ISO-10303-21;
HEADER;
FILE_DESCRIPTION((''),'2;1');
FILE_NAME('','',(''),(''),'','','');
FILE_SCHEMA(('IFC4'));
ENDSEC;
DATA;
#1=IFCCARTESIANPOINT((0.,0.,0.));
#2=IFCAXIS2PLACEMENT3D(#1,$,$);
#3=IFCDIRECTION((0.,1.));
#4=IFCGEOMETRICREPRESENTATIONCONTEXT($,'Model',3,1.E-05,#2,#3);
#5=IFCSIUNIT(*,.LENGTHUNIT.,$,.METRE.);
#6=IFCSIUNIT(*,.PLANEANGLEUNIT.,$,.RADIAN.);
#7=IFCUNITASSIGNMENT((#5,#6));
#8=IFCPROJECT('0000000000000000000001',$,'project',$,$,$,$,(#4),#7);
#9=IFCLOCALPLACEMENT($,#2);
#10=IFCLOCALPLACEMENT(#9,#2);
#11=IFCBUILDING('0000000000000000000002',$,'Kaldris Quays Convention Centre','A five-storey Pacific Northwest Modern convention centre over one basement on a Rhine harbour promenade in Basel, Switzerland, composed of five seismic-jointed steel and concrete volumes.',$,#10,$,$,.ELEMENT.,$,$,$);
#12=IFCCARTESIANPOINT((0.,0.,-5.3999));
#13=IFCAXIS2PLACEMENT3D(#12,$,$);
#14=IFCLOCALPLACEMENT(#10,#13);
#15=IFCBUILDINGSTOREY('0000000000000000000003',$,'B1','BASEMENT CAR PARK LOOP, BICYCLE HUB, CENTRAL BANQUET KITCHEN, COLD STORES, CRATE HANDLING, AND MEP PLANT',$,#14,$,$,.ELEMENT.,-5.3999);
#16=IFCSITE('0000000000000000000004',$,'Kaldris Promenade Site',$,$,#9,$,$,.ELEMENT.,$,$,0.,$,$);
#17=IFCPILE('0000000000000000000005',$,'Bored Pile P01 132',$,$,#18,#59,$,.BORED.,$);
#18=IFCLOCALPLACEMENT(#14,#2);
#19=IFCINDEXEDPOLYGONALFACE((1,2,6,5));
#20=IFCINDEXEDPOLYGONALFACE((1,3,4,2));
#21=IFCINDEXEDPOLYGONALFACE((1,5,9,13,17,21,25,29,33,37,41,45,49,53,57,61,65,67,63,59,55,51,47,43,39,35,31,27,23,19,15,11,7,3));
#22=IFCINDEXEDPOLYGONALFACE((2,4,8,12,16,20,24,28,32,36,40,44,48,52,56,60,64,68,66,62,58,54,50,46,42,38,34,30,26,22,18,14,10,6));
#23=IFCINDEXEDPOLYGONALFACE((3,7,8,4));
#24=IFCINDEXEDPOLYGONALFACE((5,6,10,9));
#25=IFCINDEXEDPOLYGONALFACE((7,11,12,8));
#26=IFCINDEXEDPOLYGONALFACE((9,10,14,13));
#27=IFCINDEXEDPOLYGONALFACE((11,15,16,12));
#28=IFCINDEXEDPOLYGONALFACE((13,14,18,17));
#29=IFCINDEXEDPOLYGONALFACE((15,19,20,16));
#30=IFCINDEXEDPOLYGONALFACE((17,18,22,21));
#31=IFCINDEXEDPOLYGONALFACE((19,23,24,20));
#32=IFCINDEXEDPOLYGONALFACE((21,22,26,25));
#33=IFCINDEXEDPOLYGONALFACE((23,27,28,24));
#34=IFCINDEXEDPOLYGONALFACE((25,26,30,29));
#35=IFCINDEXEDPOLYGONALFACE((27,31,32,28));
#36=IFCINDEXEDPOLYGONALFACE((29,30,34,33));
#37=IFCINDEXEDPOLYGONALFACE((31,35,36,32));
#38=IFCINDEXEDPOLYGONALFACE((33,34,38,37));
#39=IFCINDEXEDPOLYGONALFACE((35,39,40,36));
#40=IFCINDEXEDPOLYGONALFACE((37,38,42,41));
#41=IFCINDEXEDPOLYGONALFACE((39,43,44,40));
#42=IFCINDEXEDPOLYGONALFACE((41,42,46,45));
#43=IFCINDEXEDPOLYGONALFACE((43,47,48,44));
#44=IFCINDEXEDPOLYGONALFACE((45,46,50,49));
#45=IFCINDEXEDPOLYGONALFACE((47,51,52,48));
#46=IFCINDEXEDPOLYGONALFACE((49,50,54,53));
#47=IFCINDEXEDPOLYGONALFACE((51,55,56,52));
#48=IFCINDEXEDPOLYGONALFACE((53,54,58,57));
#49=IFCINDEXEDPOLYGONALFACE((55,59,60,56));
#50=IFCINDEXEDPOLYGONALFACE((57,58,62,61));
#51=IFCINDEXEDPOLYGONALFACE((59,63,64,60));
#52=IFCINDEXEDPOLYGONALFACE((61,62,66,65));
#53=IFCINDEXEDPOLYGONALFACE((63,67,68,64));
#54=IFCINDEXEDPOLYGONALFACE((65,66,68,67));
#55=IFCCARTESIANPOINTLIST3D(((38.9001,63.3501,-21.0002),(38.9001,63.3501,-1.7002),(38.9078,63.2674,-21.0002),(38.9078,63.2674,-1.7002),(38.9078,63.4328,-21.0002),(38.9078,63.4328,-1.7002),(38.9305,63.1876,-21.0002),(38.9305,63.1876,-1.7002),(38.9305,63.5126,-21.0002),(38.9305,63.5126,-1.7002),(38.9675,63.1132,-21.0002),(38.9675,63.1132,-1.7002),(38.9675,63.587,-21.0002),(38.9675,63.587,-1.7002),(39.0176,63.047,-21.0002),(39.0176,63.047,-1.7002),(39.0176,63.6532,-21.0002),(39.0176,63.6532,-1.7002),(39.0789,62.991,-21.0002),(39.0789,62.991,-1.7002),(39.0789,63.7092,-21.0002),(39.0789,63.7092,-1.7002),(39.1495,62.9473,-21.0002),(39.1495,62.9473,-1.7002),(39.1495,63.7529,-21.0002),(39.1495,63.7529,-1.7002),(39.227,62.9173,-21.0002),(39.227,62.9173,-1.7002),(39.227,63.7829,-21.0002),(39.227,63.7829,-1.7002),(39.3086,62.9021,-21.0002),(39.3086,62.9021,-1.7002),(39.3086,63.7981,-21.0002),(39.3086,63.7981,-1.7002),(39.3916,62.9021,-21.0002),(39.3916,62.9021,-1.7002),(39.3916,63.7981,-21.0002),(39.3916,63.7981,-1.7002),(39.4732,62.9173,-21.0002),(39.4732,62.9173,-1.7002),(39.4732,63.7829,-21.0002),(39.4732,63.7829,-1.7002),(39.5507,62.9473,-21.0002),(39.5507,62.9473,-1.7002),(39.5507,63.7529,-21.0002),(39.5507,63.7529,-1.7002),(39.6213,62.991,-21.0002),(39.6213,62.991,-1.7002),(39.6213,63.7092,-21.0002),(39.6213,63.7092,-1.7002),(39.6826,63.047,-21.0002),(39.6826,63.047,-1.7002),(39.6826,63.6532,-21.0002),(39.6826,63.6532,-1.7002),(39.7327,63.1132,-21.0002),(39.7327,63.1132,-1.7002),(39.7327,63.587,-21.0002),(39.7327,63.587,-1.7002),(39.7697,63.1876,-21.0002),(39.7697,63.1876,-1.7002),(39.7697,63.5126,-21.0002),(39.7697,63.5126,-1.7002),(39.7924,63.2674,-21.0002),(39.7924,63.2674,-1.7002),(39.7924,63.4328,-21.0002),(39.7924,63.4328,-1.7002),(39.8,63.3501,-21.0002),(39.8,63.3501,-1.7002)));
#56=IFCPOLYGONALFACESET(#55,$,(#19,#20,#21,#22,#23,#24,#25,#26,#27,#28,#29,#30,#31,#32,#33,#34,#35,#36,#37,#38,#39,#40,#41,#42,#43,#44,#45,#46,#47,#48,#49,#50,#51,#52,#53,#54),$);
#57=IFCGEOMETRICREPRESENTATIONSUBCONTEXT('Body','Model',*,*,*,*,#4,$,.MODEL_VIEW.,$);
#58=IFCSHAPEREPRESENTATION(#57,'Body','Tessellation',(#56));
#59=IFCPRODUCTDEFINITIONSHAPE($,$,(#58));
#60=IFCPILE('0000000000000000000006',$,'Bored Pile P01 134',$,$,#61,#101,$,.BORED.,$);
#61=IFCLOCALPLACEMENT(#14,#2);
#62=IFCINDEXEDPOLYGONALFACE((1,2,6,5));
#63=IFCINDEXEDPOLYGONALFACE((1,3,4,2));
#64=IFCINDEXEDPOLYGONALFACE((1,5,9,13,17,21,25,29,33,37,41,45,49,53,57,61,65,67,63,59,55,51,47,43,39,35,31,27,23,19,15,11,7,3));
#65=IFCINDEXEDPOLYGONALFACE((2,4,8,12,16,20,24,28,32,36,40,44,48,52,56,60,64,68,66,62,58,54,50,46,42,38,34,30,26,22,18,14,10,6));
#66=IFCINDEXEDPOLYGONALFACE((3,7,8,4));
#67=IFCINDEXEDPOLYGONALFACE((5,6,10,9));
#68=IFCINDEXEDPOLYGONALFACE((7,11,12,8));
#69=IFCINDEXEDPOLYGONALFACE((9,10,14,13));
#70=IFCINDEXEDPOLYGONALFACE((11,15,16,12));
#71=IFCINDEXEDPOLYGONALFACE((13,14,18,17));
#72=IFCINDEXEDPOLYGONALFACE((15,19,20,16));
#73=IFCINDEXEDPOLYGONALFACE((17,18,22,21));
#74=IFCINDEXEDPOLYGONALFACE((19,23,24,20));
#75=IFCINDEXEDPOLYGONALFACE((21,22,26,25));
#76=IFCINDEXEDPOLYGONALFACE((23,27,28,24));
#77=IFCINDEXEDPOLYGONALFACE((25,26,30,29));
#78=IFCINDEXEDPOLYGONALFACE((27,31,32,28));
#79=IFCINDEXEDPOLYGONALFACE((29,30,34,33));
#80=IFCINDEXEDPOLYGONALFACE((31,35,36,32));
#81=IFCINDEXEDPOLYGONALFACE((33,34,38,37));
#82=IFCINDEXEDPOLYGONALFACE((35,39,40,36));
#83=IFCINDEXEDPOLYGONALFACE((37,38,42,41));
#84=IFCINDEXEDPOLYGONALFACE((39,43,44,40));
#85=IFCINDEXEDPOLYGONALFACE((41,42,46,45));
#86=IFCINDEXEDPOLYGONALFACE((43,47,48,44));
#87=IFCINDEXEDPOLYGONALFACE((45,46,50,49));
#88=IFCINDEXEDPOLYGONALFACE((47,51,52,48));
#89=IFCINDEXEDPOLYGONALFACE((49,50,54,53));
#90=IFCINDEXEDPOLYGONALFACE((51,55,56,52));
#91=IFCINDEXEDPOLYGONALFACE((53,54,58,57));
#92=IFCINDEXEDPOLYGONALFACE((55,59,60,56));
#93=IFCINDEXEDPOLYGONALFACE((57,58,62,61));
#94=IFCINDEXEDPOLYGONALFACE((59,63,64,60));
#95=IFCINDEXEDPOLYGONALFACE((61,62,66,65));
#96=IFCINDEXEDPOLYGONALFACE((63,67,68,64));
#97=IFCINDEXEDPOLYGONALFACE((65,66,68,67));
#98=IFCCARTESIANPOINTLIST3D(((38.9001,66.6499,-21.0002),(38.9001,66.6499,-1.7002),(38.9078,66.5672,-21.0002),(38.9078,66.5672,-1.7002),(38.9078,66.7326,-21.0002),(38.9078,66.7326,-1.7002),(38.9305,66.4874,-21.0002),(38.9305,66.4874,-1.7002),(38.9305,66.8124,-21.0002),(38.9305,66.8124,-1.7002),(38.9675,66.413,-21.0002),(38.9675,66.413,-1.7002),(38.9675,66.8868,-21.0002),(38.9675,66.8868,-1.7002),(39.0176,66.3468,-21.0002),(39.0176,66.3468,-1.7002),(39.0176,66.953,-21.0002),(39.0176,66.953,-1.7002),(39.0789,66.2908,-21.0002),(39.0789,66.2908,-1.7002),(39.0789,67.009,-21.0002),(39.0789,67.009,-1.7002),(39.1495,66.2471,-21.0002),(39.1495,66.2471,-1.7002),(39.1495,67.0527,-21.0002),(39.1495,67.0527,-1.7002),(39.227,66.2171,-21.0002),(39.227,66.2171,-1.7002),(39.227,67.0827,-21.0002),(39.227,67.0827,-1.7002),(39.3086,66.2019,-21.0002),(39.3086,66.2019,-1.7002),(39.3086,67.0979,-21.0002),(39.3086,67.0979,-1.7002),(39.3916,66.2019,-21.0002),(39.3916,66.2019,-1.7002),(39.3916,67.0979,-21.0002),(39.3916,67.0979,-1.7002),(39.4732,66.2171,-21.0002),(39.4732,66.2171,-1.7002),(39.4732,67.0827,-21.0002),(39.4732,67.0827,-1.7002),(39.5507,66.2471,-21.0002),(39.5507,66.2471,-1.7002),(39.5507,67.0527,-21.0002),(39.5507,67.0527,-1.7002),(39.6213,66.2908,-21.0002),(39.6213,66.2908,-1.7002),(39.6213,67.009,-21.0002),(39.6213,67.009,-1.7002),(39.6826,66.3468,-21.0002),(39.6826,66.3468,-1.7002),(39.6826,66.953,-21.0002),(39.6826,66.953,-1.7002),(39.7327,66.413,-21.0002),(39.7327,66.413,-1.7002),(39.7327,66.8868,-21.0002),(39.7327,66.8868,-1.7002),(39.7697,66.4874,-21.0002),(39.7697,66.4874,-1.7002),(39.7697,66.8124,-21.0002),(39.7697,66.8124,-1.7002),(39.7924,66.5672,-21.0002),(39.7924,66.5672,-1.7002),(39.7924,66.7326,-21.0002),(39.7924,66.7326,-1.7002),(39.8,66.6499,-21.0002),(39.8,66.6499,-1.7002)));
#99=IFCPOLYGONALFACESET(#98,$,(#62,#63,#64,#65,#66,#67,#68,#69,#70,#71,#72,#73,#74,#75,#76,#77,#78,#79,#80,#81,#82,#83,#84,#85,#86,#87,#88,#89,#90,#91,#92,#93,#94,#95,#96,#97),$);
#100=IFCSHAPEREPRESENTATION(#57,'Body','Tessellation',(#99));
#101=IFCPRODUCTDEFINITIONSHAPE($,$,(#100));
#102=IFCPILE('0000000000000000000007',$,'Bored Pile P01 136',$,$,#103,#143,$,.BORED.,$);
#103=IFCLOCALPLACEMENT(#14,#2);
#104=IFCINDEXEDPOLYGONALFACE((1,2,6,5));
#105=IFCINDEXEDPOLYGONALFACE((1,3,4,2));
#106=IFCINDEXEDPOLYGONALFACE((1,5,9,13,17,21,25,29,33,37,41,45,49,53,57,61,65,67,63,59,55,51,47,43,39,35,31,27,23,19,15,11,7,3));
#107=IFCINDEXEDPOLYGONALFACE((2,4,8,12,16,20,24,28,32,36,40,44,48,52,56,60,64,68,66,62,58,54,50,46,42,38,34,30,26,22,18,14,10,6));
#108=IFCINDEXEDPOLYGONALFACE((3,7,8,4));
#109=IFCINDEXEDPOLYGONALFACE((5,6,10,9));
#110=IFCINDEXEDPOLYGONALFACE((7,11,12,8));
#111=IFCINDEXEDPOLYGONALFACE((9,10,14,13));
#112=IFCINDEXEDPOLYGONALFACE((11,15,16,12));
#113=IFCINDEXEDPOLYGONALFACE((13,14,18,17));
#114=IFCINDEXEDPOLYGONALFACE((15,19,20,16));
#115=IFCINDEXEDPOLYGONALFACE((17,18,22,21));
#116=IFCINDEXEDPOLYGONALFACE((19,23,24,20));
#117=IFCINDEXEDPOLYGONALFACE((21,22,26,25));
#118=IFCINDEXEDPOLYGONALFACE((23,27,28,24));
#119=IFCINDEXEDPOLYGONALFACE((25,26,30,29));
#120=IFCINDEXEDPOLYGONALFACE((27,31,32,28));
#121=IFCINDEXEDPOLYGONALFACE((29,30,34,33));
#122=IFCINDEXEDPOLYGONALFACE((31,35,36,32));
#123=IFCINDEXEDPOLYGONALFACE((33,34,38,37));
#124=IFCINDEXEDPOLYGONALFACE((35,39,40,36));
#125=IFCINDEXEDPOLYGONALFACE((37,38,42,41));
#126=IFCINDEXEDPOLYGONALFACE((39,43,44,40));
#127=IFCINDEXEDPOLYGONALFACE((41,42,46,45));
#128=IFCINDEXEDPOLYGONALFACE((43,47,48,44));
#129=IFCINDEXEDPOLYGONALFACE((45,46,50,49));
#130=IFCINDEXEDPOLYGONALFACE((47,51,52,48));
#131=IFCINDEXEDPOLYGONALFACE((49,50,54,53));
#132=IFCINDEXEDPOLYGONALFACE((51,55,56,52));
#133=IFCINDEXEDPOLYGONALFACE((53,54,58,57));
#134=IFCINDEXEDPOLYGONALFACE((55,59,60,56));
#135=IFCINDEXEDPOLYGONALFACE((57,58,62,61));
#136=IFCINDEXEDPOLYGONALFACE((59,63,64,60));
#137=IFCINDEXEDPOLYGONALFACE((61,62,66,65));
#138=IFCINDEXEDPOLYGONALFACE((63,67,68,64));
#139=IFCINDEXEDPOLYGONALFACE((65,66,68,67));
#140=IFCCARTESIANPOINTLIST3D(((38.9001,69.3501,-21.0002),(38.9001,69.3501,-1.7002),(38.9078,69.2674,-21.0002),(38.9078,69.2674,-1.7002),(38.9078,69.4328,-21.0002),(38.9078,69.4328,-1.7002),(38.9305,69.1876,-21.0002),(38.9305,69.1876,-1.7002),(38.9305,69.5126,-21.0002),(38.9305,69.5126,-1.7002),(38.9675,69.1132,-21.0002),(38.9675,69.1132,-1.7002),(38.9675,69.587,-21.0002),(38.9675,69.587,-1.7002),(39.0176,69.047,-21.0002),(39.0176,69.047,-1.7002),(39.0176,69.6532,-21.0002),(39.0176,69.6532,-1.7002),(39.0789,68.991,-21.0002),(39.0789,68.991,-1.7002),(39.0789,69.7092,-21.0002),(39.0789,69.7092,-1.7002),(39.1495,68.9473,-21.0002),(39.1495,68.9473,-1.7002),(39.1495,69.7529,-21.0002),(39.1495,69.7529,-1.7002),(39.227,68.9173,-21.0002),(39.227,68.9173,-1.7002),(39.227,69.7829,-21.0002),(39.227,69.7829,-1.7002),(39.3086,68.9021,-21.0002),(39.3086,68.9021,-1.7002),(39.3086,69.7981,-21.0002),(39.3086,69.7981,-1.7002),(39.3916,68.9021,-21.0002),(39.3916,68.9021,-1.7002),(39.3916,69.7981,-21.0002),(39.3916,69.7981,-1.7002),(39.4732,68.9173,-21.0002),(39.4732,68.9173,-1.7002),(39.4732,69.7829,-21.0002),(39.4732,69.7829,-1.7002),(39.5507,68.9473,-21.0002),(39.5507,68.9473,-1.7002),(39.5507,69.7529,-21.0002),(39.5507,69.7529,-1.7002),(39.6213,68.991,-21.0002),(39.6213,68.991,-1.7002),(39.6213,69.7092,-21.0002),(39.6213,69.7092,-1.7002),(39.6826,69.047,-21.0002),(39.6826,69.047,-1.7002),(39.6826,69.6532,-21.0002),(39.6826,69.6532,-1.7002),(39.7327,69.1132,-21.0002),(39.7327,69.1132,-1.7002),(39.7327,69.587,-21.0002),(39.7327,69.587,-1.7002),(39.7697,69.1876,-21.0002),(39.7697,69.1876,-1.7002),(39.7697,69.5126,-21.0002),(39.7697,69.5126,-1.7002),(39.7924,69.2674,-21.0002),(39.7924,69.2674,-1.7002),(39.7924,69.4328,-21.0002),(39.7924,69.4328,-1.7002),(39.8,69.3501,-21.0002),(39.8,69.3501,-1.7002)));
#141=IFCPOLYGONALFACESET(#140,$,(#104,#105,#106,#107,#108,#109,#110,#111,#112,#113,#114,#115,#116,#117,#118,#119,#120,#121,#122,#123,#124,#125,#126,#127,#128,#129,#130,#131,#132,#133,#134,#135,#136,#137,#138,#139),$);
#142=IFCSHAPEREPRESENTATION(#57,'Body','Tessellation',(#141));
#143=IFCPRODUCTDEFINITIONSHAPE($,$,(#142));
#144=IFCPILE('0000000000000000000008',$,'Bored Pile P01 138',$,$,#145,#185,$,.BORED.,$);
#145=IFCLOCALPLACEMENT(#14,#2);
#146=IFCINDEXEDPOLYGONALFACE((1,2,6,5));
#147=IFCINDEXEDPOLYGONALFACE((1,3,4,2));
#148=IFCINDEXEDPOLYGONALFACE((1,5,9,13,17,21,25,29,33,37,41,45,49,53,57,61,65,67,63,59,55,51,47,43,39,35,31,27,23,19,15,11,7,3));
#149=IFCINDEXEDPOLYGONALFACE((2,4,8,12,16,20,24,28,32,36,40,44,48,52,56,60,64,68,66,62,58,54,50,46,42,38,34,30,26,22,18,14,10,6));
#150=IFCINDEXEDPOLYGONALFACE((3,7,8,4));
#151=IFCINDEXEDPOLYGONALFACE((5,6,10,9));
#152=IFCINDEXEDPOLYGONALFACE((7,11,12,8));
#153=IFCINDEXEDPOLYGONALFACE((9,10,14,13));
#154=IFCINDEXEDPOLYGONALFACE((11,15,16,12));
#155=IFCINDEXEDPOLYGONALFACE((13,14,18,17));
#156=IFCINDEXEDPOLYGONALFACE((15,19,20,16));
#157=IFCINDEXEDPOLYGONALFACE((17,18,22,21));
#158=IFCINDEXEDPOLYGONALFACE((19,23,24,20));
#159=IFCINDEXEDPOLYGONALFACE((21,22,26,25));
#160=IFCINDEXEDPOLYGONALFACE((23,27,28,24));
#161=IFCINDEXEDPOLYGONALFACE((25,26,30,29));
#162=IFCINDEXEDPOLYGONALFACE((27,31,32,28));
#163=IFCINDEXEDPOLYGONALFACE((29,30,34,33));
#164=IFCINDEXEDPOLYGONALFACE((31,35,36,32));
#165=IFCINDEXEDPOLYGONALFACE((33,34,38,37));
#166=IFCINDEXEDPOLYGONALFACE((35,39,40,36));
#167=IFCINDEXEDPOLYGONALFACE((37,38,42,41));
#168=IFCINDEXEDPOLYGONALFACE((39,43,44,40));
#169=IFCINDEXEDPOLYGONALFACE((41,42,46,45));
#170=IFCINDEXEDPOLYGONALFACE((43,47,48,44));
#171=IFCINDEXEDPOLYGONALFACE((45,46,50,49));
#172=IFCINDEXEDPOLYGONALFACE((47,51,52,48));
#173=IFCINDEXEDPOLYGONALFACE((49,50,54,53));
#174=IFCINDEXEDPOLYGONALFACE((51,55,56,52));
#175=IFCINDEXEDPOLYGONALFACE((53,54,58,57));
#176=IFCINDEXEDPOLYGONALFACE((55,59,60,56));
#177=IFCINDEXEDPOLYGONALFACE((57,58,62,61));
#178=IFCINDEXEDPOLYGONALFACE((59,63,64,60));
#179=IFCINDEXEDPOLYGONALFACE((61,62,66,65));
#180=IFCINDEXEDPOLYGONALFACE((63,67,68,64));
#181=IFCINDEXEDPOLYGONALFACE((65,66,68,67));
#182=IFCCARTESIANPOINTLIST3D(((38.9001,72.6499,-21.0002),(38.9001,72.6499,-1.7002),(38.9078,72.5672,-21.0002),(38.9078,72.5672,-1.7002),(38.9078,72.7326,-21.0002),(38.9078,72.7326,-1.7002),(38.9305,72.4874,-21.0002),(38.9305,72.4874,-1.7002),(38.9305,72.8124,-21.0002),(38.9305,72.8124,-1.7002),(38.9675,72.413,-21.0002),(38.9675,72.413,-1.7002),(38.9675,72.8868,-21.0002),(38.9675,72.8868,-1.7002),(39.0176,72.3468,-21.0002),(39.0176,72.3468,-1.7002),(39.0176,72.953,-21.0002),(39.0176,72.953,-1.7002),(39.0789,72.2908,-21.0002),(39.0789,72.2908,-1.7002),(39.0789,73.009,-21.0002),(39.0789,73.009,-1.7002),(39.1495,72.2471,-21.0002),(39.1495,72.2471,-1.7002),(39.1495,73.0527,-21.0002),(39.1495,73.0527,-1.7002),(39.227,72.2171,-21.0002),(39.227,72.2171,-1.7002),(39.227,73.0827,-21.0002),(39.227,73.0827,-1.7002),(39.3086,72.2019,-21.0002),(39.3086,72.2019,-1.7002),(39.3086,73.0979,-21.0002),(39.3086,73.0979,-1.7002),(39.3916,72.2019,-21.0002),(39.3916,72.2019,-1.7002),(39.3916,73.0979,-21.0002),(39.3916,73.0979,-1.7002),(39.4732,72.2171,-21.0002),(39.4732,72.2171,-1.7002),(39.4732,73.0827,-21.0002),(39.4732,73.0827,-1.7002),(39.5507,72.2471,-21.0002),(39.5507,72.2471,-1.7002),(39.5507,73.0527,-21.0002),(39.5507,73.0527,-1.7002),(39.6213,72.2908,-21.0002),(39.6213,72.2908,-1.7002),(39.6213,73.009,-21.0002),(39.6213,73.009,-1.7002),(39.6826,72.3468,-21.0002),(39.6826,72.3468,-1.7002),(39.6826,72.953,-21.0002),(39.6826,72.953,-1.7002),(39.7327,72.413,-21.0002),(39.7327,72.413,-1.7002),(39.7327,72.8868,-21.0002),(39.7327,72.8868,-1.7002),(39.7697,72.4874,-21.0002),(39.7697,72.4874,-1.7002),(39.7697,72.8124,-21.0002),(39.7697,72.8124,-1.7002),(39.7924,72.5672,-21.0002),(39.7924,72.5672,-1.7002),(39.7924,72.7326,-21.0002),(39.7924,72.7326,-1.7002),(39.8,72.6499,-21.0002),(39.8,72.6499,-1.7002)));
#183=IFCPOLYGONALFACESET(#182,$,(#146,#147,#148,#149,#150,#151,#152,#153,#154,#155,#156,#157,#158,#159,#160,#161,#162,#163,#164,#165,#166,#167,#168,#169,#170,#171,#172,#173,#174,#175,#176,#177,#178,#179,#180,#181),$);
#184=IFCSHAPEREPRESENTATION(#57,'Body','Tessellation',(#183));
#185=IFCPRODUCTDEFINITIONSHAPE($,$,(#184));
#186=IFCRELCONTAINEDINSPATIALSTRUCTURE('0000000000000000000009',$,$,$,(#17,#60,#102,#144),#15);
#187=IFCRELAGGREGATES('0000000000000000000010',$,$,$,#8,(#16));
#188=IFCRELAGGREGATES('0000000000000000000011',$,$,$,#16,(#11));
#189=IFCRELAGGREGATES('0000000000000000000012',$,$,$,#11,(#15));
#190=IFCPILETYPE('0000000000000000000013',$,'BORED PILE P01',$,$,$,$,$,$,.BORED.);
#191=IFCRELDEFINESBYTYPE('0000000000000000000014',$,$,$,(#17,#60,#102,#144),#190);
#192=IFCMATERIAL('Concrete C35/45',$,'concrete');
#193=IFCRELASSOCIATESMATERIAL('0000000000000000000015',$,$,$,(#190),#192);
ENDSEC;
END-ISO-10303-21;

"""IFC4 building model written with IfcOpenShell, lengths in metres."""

from ifc_helpers import new_model, si_unit, direction, frame, origin, origin_2d, place, context, subcontext, project, spatial, circle, extrude, material, material_profile, profile_set, type_object, element, save


model = new_model("IFC4")

# Units and contexts
model_context = context("Model", 3, precision=1e-05, world=origin(), true_north=direction((0.0, 1.0)))
body_context = subcontext(model_context, "Body", "Model", "MODEL_VIEW")
ifc_project = project(units=[si_unit("LENGTHUNIT", "METRE"), si_unit("PLANEANGLEUNIT", "RADIAN")], contexts=[model_context])

# Site, building, storey
site_placement = place(None, origin())
site = spatial("IfcSite", under=ifc_project, at=site_placement, Name="Kaldris Promenade Site", CompositionType="ELEMENT", RefElevation=0.0)
building_placement = place(site_placement, origin())
building = spatial("IfcBuilding", under=site, at=building_placement, Name="Kaldris Quays Convention Centre", Description="A five-storey Pacific Northwest Modern convention centre over one basement on a Rhine harbour promenade in Basel, Switzerland, composed of five seismic-jointed steel and concrete volumes.", CompositionType="ELEMENT")
storey_placement = place(building_placement, frame((0.0, 0.0, -5.3999)))
storey = spatial("IfcBuildingStorey", under=building, at=storey_placement, Name="B1", Description="BASEMENT CAR PARK LOOP, BICYCLE HUB, CENTRAL BANQUET KITCHEN, COLD STORES, CRATE HANDLING, AND MEP PLANT", CompositionType="ELEMENT", Elevation=-5.3999)

# Piles
ifc_material_1 = material(Name="Concrete C35/45", Category="concrete")
ifc_material_profile_1 = material_profile(ifc_material_1, circle(Radius=0.45, at=origin_2d()), Name="BORED PILE D900")
ifc_profile_set_1 = profile_set([ifc_material_profile_1], Name="Concrete C35/45")
pile_type = type_object("IfcPileType", Name="BORED PILE P01", PredefinedType="BORED", material=ifc_profile_set_1)
for number, where, z_axis, x_axis, name in (
    (1, (39.3501, 63.3501, -1.7002), (0.0, 0.0, -1.0), (1.0, 0.0, 0.0), "Bored Pile P01 132"),
    (2, (39.3501, 66.6499, -1.7002), (0.0, 0.0, -1.0), (1.0, 0.0, 0.0), "Bored Pile P01 134"),
    (3, (39.3501, 69.3501, -1.7002), (0.0, 0.0, -1.0), (1.0, 0.0, 0.0), "Bored Pile P01 136"),
    (4, (39.3501, 72.6499, -1.7002), (0.0, 0.0, -1.0), (1.0, 0.0, 0.0), "Bored Pile P01 138"),
):
    element("IfcPile", number, at=place(storey_placement, frame(where, z_axis=z_axis, x_axis=x_axis)), inside=storey, type_object=pile_type, Name=name, PredefinedType="BORED", context=body_context, shape_type="SweptSolid", body=[
        extrude(circle(Radius=0.45, at=origin_2d()), origin(), (0.0, 0.0, 1.0), 19.3),
    ])

save(model, "model.ifc")
